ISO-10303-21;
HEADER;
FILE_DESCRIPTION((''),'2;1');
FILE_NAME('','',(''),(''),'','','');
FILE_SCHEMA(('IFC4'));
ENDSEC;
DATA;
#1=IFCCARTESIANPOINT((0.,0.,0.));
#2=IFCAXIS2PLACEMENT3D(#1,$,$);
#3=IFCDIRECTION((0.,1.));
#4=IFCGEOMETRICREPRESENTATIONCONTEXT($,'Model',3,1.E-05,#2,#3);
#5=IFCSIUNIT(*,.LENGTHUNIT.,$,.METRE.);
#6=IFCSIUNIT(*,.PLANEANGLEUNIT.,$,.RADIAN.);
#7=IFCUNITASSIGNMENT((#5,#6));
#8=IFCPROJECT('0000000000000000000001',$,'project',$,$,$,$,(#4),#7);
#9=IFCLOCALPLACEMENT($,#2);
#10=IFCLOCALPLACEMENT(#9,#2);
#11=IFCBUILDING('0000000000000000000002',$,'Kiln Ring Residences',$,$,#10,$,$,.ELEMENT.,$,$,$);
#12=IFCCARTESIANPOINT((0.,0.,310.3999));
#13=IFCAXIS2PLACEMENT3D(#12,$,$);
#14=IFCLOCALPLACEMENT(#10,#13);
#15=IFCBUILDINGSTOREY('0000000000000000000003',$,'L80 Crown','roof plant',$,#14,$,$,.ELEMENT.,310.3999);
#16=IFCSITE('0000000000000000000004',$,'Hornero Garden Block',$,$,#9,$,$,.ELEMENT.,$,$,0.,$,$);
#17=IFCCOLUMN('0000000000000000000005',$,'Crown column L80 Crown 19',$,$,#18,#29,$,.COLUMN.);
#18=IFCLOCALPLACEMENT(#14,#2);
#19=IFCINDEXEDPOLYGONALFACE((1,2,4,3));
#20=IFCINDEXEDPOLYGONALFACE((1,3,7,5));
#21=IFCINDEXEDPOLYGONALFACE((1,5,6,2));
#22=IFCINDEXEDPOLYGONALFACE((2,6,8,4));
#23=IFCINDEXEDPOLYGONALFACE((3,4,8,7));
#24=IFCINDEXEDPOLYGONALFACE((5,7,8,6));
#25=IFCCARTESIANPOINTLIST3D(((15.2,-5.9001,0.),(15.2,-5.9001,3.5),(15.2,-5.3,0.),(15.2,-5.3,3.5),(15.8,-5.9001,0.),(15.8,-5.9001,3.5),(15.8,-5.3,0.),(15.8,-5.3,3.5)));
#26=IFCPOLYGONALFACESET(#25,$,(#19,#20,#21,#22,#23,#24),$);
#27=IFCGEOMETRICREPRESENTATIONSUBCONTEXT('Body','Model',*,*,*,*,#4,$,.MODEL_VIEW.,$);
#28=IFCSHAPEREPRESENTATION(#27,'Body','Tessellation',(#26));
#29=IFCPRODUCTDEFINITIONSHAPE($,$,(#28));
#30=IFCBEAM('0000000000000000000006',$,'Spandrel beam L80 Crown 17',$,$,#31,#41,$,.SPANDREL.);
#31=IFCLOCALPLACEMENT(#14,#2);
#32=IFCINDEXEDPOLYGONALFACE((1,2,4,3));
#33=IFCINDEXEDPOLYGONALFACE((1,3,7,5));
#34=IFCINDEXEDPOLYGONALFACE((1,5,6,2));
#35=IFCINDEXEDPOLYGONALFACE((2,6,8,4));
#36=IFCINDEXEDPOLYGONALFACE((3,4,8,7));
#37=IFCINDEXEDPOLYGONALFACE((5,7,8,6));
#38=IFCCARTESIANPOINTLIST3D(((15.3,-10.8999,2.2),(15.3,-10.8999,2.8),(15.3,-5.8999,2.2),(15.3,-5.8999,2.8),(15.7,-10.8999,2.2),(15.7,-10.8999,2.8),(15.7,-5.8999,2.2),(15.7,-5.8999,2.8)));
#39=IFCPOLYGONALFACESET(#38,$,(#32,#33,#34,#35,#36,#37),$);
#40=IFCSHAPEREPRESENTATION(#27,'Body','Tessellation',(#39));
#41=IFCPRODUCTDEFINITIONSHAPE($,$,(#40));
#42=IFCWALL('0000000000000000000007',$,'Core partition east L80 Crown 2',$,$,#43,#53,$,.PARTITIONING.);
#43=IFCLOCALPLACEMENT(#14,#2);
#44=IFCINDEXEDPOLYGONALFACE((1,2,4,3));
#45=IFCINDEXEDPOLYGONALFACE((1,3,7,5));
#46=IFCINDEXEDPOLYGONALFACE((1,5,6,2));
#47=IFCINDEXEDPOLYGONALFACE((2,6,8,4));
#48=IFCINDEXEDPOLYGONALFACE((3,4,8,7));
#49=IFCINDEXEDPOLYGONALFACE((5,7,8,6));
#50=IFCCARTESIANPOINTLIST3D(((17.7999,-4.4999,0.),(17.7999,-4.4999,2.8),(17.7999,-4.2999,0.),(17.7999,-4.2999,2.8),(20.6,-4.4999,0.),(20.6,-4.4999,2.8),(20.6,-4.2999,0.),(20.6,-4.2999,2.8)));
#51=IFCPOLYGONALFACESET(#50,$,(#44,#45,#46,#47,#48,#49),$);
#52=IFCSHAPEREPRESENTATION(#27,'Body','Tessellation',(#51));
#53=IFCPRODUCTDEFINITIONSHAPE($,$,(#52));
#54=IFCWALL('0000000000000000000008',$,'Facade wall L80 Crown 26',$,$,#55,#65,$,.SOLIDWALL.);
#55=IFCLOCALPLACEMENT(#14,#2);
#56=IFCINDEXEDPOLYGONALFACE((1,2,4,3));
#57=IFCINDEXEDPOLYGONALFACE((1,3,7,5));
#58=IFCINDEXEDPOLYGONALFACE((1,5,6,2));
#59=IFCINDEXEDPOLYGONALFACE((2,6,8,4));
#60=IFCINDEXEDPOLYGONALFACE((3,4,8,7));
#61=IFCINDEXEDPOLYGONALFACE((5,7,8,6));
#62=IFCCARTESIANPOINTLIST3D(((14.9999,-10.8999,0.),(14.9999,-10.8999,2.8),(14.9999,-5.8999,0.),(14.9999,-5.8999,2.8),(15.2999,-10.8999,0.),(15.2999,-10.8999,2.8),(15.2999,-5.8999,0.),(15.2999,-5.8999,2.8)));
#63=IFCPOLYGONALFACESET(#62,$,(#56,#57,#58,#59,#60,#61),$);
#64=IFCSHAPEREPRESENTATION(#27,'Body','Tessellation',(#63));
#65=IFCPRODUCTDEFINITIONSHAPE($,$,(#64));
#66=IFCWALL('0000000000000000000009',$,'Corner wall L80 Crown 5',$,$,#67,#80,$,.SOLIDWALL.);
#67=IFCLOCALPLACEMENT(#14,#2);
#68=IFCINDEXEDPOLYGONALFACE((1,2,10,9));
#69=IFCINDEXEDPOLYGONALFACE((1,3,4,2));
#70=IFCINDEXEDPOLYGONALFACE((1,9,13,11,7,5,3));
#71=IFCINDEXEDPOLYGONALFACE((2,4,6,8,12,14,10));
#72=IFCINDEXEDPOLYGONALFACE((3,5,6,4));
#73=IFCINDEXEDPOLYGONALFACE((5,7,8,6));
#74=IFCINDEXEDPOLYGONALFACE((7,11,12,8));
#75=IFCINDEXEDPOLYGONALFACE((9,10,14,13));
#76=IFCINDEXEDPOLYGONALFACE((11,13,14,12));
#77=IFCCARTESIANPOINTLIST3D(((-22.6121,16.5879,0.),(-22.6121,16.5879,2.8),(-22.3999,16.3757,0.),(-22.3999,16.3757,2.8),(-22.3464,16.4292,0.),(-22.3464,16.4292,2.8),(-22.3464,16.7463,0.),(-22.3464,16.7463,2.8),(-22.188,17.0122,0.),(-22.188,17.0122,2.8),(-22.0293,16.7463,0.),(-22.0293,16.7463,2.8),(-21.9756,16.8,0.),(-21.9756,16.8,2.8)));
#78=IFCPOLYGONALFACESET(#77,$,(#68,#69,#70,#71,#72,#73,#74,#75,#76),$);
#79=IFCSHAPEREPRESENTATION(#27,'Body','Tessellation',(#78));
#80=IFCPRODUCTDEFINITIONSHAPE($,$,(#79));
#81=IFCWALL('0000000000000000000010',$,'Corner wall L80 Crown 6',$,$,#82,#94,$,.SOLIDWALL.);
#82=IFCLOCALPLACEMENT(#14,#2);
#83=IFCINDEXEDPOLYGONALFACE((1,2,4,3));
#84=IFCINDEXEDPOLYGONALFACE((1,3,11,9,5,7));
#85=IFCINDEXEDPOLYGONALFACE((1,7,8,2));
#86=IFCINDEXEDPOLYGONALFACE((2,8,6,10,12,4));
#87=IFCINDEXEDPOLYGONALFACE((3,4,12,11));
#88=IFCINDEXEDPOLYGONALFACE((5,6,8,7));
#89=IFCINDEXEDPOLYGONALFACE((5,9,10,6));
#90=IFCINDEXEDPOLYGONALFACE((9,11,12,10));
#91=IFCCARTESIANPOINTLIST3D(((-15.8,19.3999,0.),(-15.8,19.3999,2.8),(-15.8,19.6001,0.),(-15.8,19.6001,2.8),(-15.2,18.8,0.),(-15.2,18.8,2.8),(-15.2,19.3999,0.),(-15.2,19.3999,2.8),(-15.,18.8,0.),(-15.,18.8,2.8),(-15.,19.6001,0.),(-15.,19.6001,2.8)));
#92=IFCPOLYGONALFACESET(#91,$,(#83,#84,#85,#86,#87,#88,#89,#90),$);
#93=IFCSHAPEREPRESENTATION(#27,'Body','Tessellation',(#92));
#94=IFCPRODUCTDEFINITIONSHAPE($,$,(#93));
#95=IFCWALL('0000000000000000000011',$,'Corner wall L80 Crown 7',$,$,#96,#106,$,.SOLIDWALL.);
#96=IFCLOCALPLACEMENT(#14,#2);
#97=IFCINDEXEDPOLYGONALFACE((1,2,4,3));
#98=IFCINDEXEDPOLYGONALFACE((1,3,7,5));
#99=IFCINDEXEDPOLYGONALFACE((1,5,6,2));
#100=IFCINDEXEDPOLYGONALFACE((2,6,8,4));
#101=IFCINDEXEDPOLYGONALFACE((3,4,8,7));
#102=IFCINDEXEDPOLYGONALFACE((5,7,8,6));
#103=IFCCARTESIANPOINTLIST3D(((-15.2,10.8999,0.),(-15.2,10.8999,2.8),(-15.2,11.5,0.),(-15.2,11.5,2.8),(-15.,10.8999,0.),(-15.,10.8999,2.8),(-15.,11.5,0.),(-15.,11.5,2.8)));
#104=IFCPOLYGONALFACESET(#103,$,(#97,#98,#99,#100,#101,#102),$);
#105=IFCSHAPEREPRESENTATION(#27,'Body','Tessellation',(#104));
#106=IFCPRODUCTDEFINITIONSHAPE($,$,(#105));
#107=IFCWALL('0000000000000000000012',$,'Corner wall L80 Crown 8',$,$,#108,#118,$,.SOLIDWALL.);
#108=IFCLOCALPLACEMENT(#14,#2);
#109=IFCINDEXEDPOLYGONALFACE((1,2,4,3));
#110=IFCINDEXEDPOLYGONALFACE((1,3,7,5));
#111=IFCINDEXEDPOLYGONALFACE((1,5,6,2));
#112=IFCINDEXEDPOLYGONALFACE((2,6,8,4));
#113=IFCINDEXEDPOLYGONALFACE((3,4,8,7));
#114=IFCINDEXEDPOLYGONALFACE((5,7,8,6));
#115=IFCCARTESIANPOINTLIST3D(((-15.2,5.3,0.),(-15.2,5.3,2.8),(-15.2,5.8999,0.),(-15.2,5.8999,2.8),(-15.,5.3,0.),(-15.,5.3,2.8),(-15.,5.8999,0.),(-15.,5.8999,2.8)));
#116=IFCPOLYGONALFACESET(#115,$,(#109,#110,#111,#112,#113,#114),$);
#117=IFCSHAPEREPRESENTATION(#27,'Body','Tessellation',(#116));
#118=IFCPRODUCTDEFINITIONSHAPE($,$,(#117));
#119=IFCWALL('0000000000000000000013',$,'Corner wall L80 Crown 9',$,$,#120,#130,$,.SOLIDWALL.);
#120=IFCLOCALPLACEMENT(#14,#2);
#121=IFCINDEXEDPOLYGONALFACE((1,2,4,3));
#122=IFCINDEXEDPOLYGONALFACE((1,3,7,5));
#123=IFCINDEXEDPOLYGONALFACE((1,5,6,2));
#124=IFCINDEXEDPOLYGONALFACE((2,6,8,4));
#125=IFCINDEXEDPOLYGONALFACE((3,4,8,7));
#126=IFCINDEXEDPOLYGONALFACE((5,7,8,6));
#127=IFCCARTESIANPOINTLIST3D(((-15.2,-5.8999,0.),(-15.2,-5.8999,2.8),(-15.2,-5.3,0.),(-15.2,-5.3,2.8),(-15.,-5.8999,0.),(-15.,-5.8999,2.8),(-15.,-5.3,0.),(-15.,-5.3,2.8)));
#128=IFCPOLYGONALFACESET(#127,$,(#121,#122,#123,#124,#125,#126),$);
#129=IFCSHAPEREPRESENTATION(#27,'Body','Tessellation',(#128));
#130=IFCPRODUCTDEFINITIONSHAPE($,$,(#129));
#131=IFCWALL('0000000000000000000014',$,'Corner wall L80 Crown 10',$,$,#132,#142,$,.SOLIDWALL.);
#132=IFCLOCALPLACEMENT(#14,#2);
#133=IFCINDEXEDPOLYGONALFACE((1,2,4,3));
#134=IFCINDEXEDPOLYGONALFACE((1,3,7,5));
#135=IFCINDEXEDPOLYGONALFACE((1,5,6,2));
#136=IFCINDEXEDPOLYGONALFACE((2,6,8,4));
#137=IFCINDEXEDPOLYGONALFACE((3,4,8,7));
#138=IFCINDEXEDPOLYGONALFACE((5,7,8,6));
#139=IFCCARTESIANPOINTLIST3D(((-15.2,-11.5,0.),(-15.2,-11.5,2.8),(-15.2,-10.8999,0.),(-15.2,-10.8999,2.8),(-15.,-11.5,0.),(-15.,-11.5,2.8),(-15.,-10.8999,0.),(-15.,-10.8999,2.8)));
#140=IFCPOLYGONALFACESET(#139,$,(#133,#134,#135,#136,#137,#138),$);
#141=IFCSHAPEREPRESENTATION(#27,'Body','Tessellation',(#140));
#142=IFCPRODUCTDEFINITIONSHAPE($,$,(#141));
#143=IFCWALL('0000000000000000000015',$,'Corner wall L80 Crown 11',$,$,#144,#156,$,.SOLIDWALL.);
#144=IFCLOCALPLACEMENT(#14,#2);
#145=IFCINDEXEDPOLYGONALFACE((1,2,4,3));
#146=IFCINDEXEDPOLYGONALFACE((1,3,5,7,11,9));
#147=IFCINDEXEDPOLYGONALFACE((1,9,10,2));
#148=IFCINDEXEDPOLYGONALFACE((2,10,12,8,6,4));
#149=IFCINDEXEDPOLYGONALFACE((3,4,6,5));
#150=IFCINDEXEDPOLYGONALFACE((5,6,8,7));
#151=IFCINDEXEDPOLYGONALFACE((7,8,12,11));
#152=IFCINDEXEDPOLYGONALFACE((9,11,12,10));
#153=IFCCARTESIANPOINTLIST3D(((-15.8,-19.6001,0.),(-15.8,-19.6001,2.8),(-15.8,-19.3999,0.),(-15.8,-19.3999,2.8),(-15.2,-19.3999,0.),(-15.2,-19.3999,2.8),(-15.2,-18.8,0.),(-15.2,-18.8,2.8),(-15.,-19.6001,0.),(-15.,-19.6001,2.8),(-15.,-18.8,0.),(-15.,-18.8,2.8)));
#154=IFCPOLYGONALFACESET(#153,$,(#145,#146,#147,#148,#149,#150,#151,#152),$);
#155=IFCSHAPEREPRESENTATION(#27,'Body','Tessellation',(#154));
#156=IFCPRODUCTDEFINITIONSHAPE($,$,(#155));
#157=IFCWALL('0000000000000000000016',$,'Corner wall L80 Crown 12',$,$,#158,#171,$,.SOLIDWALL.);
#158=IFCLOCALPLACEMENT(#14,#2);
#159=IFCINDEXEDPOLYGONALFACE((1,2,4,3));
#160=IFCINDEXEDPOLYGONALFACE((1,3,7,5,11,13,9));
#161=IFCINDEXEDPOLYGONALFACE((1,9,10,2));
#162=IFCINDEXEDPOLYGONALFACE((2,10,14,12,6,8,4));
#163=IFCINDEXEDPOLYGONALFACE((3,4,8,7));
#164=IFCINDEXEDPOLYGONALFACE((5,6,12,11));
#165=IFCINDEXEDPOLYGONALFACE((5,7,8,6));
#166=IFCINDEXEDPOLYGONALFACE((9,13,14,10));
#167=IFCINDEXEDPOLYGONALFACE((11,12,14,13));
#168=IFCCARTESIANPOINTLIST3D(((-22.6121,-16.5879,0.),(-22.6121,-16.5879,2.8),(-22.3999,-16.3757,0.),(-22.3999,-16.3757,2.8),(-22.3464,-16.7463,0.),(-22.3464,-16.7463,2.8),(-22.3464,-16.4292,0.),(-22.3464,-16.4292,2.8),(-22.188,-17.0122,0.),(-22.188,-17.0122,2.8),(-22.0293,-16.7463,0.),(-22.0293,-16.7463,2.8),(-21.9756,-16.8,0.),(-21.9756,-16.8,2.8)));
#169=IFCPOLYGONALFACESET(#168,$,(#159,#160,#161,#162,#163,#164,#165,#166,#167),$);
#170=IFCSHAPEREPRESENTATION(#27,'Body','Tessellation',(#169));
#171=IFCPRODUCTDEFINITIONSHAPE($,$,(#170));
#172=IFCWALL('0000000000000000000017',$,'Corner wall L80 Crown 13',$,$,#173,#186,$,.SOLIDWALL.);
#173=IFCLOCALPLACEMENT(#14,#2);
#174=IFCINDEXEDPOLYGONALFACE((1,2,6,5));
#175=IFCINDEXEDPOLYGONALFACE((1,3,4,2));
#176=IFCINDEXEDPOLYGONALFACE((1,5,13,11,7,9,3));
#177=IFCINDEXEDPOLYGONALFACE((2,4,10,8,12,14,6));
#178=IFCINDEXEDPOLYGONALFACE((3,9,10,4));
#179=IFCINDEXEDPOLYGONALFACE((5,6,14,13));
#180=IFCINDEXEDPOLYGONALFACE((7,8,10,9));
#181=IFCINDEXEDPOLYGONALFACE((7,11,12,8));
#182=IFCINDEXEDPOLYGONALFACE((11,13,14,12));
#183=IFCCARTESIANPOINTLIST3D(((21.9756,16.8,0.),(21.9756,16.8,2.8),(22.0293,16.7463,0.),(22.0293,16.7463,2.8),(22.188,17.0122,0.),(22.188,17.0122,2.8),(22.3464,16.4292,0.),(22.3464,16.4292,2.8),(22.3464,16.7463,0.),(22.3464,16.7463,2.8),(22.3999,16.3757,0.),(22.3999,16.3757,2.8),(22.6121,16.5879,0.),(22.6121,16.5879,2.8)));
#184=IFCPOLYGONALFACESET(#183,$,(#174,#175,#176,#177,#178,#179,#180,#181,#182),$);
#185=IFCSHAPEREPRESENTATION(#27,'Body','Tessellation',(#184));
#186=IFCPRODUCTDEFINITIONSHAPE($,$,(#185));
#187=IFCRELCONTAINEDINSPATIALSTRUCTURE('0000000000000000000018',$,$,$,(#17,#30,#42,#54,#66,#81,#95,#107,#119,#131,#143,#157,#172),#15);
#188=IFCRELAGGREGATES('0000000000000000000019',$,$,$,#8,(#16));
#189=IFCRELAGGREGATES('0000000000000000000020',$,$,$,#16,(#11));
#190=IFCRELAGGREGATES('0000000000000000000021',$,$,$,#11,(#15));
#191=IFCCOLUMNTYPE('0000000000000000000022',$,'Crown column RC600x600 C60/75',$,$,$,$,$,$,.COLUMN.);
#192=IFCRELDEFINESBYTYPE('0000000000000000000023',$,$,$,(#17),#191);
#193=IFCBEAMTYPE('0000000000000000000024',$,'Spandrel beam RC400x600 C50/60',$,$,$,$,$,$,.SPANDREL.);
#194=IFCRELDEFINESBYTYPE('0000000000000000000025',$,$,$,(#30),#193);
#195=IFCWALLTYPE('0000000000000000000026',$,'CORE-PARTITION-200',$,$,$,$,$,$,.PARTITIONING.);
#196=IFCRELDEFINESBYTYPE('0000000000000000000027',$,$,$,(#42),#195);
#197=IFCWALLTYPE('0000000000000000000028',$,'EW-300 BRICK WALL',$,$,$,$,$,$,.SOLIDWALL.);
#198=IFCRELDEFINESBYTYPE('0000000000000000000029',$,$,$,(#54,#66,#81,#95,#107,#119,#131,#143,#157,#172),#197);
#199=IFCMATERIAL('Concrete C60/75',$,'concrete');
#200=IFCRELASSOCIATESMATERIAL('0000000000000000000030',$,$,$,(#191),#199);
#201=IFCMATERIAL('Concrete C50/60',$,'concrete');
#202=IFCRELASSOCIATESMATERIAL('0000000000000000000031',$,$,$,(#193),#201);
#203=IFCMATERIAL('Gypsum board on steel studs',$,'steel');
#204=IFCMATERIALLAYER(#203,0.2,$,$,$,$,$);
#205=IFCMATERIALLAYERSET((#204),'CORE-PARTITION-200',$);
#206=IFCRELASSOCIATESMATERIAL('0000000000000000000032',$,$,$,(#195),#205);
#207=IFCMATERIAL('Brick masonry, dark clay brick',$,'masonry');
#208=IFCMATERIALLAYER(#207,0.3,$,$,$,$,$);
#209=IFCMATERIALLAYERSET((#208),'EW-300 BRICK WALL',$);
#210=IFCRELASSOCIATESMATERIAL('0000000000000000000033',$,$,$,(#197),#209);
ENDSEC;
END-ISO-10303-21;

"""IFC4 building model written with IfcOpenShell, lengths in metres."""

from ifc_helpers import new_model, si_unit, direction, frame, frame_2d, origin, origin_2d, place, context, subcontext, project, spatial, polyline, rectangle, outline, extrude, material, layer, layer_set, material_profile, profile_set, type_object, element, save


model = new_model("IFC4")

# Units and contexts
model_context = context("Model", 3, precision=1e-05, world=origin(), true_north=direction((0.0, 1.0)))
body_context = subcontext(model_context, "Body", "Model", "MODEL_VIEW")
ifc_project = project(units=[si_unit("LENGTHUNIT", "METRE"), si_unit("PLANEANGLEUNIT", "RADIAN")], contexts=[model_context])

# Site, building, storey
site_placement = place(None, origin())
site = spatial("IfcSite", under=ifc_project, at=site_placement, Name="Hornero Garden Block", CompositionType="ELEMENT", RefElevation=0.0)
building_placement = place(site_placement, origin())
building = spatial("IfcBuilding", under=site, at=building_placement, Name="Kiln Ring Residences", CompositionType="ELEMENT")
storey_placement = place(building_placement, frame((0.0, 0.0, 310.3999)))
storey = spatial("IfcBuildingStorey", under=building, at=storey_placement, Name="L80 Crown", Description="roof plant", CompositionType="ELEMENT", Elevation=310.3999)

# Column
ifc_material_1 = material(Name="Concrete C60/75", Category="concrete")
ifc_material_profile_1 = material_profile(ifc_material_1, rectangle(XDim=0.6001, YDim=0.6001, at=origin_2d()), Name="RC600x600")
ifc_profile_set_1 = profile_set([ifc_material_profile_1], Name="Concrete C60/75")
column_type = type_object("IfcColumnType", Name="Crown column RC600x600 C60/75", PredefinedType="COLUMN", material=ifc_profile_set_1)
column_placement = place(storey_placement, frame((15.5, -5.6001, 0.0), z_axis=(0.0, 0.0, 1.0), x_axis=(1.0, 0.0, 0.0)))
element("IfcColumn", 1, at=column_placement, inside=storey, type_object=column_type, Name="Crown column L80 Crown 19", PredefinedType="COLUMN", context=body_context, shape_type="SweptSolid", body=[
    extrude(rectangle(XDim=0.6001, YDim=0.6001, at=origin_2d()), origin(), (0.0, 0.0, 1.0), 3.5),
])

# Beam
ifc_material_2 = material(Name="Concrete C50/60", Category="concrete")
ifc_material_profile_2 = material_profile(ifc_material_2, rectangle(XDim=0.3999, YDim=0.6001, at=origin_2d()), Name="RC400x600")
ifc_profile_set_2 = profile_set([ifc_material_profile_2], Name="Concrete C50/60")
beam_type = type_object("IfcBeamType", Name="Spandrel beam RC400x600 C50/60", PredefinedType="SPANDREL", material=ifc_profile_set_2)
beam_placement = place(storey_placement, frame((15.5, -5.8999, 2.5), z_axis=(0.0, -1.0, 0.0), x_axis=(1.0, 0.0, 0.0)))
element("IfcBeam", 2, at=beam_placement, inside=storey, type_object=beam_type, Name="Spandrel beam L80 Crown 17", PredefinedType="SPANDREL", context=body_context, shape_type="SweptSolid", body=[
    extrude(rectangle(XDim=0.3999, YDim=0.6001, at=origin_2d()), origin(), (0.0, 0.0, 1.0), 5.0),
])

# Walls
ifc_material_3 = material(Name="Gypsum board on steel studs", Category="steel")
ifc_layer_1 = layer(ifc_material_3, 0.2)
ifc_layer_set_1 = layer_set([ifc_layer_1], Name="CORE-PARTITION-200")
wall_type_1 = type_object("IfcWallType", Name="CORE-PARTITION-200", PredefinedType="PARTITIONING", material=ifc_layer_set_1)
wall_1_placement = place(storey_placement, frame((17.8, -4.3999, 0.0), z_axis=(0.0, 0.0, 1.0), x_axis=(1.0, 0.0, 0.0)))
element("IfcWall", 3, at=wall_1_placement, inside=storey, type_object=wall_type_1, Name="Core partition east L80 Crown 2", PredefinedType="PARTITIONING", context=body_context, shape_type="SweptSolid", body=[
    extrude(rectangle(XDim=2.8, YDim=0.2, at=frame_2d((1.3999, 0.0))), origin(), (0.0, 0.0, 1.0), 2.8),
])
ifc_material_4 = material(Name="Brick masonry, dark clay brick", Category="masonry")
ifc_layer_2 = layer(ifc_material_4, 0.3)
ifc_layer_set_2 = layer_set([ifc_layer_2], Name="EW-300 BRICK WALL")
wall_type_2 = type_object("IfcWallType", Name="EW-300 BRICK WALL", PredefinedType="SOLIDWALL", material=ifc_layer_set_2)
wall_2_placement = place(storey_placement, frame((15.1499, -5.8999, 0.0), z_axis=(0.0, 0.0, 1.0), x_axis=(0.0, -1.0, 0.0)))
element("IfcWall", 4, at=wall_2_placement, inside=storey, type_object=wall_type_2, Name="Facade wall L80 Crown 26", PredefinedType="SOLIDWALL", context=body_context, shape_type="SweptSolid", body=[
    extrude(rectangle(XDim=5.0, YDim=0.3, at=frame_2d((2.5, 0.0))), origin(), (0.0, 0.0, 1.0), 2.8),
])
placement = place(storey_placement, origin())
element("IfcWall", 5, at=placement, inside=storey, type_object=wall_type_2, Name="Corner wall L80 Crown 5", PredefinedType="SOLIDWALL", context=body_context, shape_type="SweptSolid", body=[
    extrude(outline(polyline([(-21.9756, 16.8), (-22.188, 17.0122), (-22.6121, 16.5879), (-22.3999, 16.3757), (-22.3464, 16.4292), (-22.3464, 16.7463), (-22.0293, 16.7463), (-21.9756, 16.8)])), origin(), (0.0, 0.0, 1.0), 2.8),
])
element("IfcWall", 6, at=placement, inside=storey, type_object=wall_type_2, Name="Corner wall L80 Crown 6", PredefinedType="SOLIDWALL", context=body_context, shape_type="SweptSolid", body=[
    extrude(outline(polyline([(-15.0, 18.8), (-15.0, 19.6001), (-15.8, 19.6001), (-15.8, 19.3999), (-15.2, 19.3999), (-15.2, 18.8), (-15.0, 18.8)])), origin(), (0.0, 0.0, 1.0), 2.8),
])
element("IfcWall", 7, at=placement, inside=storey, type_object=wall_type_2, Name="Corner wall L80 Crown 7", PredefinedType="SOLIDWALL", context=body_context, shape_type="SweptSolid", body=[
    extrude(outline(polyline([(-15.2, 10.8999), (-15.0, 10.8999), (-15.0, 11.5), (-15.2, 11.5), (-15.2, 10.8999)])), origin(), (0.0, 0.0, 1.0), 2.8),
])
element("IfcWall", 8, at=placement, inside=storey, type_object=wall_type_2, Name="Corner wall L80 Crown 8", PredefinedType="SOLIDWALL", context=body_context, shape_type="SweptSolid", body=[
    extrude(outline(polyline([(-15.2, 5.3), (-15.0, 5.3), (-15.0, 5.8999), (-15.3, 5.8999), (-15.2, 5.8999), (-15.2, 5.3)])), origin(), (0.0, 0.0, 1.0), 2.8),
])
element("IfcWall", 9, at=placement, inside=storey, type_object=wall_type_2, Name="Corner wall L80 Crown 9", PredefinedType="SOLIDWALL", context=body_context, shape_type="SweptSolid", body=[
    extrude(outline(polyline([(-15.3, -5.8999), (-15.0, -5.8999), (-15.0, -5.3), (-15.3, -5.3), (-15.2, -5.3), (-15.2, -5.8999), (-15.3, -5.8999)])), origin(), (0.0, 0.0, 1.0), 2.8),
])
element("IfcWall", 10, at=placement, inside=storey, type_object=wall_type_2, Name="Corner wall L80 Crown 10", PredefinedType="SOLIDWALL", context=body_context, shape_type="SweptSolid", body=[
    extrude(outline(polyline([(-15.2, -11.5), (-15.0, -11.5), (-15.0, -10.8999), (-15.2, -10.8999), (-15.2, -11.5)])), origin(), (0.0, 0.0, 1.0), 2.8),
])
element("IfcWall", 11, at=placement, inside=storey, type_object=wall_type_2, Name="Corner wall L80 Crown 11", PredefinedType="SOLIDWALL", context=body_context, shape_type="SweptSolid", body=[
    extrude(outline(polyline([(-15.8, -19.6001), (-15.0, -19.6001), (-15.0, -18.8), (-15.2, -18.8), (-15.2, -19.3999), (-15.8, -19.3999), (-15.8, -19.6001)])), origin(), (0.0, 0.0, 1.0), 2.8),
])
element("IfcWall", 12, at=placement, inside=storey, type_object=wall_type_2, Name="Corner wall L80 Crown 12", PredefinedType="SOLIDWALL", context=body_context, shape_type="SweptSolid", body=[
    extrude(outline(polyline([(-22.3999, -16.3757), (-22.6121, -16.5879), (-22.188, -17.0122), (-21.9756, -16.8), (-22.0293, -16.7463), (-22.3464, -16.7463), (-22.3464, -16.4292), (-22.3999, -16.3757)])), origin(), (0.0, 0.0, 1.0), 2.8),
])
element("IfcWall", 13, at=placement, inside=storey, type_object=wall_type_2, Name="Corner wall L80 Crown 13", PredefinedType="SOLIDWALL", context=body_context, shape_type="SweptSolid", body=[
    extrude(outline(polyline([(22.3999, 16.3757), (22.6121, 16.5879), (22.188, 17.0122), (21.9756, 16.8), (22.0293, 16.7463), (22.3464, 16.7463), (22.3464, 16.4292), (22.3999, 16.3757)])), origin(), (0.0, 0.0, 1.0), 2.8),
])

save(model, "model.ifc")
